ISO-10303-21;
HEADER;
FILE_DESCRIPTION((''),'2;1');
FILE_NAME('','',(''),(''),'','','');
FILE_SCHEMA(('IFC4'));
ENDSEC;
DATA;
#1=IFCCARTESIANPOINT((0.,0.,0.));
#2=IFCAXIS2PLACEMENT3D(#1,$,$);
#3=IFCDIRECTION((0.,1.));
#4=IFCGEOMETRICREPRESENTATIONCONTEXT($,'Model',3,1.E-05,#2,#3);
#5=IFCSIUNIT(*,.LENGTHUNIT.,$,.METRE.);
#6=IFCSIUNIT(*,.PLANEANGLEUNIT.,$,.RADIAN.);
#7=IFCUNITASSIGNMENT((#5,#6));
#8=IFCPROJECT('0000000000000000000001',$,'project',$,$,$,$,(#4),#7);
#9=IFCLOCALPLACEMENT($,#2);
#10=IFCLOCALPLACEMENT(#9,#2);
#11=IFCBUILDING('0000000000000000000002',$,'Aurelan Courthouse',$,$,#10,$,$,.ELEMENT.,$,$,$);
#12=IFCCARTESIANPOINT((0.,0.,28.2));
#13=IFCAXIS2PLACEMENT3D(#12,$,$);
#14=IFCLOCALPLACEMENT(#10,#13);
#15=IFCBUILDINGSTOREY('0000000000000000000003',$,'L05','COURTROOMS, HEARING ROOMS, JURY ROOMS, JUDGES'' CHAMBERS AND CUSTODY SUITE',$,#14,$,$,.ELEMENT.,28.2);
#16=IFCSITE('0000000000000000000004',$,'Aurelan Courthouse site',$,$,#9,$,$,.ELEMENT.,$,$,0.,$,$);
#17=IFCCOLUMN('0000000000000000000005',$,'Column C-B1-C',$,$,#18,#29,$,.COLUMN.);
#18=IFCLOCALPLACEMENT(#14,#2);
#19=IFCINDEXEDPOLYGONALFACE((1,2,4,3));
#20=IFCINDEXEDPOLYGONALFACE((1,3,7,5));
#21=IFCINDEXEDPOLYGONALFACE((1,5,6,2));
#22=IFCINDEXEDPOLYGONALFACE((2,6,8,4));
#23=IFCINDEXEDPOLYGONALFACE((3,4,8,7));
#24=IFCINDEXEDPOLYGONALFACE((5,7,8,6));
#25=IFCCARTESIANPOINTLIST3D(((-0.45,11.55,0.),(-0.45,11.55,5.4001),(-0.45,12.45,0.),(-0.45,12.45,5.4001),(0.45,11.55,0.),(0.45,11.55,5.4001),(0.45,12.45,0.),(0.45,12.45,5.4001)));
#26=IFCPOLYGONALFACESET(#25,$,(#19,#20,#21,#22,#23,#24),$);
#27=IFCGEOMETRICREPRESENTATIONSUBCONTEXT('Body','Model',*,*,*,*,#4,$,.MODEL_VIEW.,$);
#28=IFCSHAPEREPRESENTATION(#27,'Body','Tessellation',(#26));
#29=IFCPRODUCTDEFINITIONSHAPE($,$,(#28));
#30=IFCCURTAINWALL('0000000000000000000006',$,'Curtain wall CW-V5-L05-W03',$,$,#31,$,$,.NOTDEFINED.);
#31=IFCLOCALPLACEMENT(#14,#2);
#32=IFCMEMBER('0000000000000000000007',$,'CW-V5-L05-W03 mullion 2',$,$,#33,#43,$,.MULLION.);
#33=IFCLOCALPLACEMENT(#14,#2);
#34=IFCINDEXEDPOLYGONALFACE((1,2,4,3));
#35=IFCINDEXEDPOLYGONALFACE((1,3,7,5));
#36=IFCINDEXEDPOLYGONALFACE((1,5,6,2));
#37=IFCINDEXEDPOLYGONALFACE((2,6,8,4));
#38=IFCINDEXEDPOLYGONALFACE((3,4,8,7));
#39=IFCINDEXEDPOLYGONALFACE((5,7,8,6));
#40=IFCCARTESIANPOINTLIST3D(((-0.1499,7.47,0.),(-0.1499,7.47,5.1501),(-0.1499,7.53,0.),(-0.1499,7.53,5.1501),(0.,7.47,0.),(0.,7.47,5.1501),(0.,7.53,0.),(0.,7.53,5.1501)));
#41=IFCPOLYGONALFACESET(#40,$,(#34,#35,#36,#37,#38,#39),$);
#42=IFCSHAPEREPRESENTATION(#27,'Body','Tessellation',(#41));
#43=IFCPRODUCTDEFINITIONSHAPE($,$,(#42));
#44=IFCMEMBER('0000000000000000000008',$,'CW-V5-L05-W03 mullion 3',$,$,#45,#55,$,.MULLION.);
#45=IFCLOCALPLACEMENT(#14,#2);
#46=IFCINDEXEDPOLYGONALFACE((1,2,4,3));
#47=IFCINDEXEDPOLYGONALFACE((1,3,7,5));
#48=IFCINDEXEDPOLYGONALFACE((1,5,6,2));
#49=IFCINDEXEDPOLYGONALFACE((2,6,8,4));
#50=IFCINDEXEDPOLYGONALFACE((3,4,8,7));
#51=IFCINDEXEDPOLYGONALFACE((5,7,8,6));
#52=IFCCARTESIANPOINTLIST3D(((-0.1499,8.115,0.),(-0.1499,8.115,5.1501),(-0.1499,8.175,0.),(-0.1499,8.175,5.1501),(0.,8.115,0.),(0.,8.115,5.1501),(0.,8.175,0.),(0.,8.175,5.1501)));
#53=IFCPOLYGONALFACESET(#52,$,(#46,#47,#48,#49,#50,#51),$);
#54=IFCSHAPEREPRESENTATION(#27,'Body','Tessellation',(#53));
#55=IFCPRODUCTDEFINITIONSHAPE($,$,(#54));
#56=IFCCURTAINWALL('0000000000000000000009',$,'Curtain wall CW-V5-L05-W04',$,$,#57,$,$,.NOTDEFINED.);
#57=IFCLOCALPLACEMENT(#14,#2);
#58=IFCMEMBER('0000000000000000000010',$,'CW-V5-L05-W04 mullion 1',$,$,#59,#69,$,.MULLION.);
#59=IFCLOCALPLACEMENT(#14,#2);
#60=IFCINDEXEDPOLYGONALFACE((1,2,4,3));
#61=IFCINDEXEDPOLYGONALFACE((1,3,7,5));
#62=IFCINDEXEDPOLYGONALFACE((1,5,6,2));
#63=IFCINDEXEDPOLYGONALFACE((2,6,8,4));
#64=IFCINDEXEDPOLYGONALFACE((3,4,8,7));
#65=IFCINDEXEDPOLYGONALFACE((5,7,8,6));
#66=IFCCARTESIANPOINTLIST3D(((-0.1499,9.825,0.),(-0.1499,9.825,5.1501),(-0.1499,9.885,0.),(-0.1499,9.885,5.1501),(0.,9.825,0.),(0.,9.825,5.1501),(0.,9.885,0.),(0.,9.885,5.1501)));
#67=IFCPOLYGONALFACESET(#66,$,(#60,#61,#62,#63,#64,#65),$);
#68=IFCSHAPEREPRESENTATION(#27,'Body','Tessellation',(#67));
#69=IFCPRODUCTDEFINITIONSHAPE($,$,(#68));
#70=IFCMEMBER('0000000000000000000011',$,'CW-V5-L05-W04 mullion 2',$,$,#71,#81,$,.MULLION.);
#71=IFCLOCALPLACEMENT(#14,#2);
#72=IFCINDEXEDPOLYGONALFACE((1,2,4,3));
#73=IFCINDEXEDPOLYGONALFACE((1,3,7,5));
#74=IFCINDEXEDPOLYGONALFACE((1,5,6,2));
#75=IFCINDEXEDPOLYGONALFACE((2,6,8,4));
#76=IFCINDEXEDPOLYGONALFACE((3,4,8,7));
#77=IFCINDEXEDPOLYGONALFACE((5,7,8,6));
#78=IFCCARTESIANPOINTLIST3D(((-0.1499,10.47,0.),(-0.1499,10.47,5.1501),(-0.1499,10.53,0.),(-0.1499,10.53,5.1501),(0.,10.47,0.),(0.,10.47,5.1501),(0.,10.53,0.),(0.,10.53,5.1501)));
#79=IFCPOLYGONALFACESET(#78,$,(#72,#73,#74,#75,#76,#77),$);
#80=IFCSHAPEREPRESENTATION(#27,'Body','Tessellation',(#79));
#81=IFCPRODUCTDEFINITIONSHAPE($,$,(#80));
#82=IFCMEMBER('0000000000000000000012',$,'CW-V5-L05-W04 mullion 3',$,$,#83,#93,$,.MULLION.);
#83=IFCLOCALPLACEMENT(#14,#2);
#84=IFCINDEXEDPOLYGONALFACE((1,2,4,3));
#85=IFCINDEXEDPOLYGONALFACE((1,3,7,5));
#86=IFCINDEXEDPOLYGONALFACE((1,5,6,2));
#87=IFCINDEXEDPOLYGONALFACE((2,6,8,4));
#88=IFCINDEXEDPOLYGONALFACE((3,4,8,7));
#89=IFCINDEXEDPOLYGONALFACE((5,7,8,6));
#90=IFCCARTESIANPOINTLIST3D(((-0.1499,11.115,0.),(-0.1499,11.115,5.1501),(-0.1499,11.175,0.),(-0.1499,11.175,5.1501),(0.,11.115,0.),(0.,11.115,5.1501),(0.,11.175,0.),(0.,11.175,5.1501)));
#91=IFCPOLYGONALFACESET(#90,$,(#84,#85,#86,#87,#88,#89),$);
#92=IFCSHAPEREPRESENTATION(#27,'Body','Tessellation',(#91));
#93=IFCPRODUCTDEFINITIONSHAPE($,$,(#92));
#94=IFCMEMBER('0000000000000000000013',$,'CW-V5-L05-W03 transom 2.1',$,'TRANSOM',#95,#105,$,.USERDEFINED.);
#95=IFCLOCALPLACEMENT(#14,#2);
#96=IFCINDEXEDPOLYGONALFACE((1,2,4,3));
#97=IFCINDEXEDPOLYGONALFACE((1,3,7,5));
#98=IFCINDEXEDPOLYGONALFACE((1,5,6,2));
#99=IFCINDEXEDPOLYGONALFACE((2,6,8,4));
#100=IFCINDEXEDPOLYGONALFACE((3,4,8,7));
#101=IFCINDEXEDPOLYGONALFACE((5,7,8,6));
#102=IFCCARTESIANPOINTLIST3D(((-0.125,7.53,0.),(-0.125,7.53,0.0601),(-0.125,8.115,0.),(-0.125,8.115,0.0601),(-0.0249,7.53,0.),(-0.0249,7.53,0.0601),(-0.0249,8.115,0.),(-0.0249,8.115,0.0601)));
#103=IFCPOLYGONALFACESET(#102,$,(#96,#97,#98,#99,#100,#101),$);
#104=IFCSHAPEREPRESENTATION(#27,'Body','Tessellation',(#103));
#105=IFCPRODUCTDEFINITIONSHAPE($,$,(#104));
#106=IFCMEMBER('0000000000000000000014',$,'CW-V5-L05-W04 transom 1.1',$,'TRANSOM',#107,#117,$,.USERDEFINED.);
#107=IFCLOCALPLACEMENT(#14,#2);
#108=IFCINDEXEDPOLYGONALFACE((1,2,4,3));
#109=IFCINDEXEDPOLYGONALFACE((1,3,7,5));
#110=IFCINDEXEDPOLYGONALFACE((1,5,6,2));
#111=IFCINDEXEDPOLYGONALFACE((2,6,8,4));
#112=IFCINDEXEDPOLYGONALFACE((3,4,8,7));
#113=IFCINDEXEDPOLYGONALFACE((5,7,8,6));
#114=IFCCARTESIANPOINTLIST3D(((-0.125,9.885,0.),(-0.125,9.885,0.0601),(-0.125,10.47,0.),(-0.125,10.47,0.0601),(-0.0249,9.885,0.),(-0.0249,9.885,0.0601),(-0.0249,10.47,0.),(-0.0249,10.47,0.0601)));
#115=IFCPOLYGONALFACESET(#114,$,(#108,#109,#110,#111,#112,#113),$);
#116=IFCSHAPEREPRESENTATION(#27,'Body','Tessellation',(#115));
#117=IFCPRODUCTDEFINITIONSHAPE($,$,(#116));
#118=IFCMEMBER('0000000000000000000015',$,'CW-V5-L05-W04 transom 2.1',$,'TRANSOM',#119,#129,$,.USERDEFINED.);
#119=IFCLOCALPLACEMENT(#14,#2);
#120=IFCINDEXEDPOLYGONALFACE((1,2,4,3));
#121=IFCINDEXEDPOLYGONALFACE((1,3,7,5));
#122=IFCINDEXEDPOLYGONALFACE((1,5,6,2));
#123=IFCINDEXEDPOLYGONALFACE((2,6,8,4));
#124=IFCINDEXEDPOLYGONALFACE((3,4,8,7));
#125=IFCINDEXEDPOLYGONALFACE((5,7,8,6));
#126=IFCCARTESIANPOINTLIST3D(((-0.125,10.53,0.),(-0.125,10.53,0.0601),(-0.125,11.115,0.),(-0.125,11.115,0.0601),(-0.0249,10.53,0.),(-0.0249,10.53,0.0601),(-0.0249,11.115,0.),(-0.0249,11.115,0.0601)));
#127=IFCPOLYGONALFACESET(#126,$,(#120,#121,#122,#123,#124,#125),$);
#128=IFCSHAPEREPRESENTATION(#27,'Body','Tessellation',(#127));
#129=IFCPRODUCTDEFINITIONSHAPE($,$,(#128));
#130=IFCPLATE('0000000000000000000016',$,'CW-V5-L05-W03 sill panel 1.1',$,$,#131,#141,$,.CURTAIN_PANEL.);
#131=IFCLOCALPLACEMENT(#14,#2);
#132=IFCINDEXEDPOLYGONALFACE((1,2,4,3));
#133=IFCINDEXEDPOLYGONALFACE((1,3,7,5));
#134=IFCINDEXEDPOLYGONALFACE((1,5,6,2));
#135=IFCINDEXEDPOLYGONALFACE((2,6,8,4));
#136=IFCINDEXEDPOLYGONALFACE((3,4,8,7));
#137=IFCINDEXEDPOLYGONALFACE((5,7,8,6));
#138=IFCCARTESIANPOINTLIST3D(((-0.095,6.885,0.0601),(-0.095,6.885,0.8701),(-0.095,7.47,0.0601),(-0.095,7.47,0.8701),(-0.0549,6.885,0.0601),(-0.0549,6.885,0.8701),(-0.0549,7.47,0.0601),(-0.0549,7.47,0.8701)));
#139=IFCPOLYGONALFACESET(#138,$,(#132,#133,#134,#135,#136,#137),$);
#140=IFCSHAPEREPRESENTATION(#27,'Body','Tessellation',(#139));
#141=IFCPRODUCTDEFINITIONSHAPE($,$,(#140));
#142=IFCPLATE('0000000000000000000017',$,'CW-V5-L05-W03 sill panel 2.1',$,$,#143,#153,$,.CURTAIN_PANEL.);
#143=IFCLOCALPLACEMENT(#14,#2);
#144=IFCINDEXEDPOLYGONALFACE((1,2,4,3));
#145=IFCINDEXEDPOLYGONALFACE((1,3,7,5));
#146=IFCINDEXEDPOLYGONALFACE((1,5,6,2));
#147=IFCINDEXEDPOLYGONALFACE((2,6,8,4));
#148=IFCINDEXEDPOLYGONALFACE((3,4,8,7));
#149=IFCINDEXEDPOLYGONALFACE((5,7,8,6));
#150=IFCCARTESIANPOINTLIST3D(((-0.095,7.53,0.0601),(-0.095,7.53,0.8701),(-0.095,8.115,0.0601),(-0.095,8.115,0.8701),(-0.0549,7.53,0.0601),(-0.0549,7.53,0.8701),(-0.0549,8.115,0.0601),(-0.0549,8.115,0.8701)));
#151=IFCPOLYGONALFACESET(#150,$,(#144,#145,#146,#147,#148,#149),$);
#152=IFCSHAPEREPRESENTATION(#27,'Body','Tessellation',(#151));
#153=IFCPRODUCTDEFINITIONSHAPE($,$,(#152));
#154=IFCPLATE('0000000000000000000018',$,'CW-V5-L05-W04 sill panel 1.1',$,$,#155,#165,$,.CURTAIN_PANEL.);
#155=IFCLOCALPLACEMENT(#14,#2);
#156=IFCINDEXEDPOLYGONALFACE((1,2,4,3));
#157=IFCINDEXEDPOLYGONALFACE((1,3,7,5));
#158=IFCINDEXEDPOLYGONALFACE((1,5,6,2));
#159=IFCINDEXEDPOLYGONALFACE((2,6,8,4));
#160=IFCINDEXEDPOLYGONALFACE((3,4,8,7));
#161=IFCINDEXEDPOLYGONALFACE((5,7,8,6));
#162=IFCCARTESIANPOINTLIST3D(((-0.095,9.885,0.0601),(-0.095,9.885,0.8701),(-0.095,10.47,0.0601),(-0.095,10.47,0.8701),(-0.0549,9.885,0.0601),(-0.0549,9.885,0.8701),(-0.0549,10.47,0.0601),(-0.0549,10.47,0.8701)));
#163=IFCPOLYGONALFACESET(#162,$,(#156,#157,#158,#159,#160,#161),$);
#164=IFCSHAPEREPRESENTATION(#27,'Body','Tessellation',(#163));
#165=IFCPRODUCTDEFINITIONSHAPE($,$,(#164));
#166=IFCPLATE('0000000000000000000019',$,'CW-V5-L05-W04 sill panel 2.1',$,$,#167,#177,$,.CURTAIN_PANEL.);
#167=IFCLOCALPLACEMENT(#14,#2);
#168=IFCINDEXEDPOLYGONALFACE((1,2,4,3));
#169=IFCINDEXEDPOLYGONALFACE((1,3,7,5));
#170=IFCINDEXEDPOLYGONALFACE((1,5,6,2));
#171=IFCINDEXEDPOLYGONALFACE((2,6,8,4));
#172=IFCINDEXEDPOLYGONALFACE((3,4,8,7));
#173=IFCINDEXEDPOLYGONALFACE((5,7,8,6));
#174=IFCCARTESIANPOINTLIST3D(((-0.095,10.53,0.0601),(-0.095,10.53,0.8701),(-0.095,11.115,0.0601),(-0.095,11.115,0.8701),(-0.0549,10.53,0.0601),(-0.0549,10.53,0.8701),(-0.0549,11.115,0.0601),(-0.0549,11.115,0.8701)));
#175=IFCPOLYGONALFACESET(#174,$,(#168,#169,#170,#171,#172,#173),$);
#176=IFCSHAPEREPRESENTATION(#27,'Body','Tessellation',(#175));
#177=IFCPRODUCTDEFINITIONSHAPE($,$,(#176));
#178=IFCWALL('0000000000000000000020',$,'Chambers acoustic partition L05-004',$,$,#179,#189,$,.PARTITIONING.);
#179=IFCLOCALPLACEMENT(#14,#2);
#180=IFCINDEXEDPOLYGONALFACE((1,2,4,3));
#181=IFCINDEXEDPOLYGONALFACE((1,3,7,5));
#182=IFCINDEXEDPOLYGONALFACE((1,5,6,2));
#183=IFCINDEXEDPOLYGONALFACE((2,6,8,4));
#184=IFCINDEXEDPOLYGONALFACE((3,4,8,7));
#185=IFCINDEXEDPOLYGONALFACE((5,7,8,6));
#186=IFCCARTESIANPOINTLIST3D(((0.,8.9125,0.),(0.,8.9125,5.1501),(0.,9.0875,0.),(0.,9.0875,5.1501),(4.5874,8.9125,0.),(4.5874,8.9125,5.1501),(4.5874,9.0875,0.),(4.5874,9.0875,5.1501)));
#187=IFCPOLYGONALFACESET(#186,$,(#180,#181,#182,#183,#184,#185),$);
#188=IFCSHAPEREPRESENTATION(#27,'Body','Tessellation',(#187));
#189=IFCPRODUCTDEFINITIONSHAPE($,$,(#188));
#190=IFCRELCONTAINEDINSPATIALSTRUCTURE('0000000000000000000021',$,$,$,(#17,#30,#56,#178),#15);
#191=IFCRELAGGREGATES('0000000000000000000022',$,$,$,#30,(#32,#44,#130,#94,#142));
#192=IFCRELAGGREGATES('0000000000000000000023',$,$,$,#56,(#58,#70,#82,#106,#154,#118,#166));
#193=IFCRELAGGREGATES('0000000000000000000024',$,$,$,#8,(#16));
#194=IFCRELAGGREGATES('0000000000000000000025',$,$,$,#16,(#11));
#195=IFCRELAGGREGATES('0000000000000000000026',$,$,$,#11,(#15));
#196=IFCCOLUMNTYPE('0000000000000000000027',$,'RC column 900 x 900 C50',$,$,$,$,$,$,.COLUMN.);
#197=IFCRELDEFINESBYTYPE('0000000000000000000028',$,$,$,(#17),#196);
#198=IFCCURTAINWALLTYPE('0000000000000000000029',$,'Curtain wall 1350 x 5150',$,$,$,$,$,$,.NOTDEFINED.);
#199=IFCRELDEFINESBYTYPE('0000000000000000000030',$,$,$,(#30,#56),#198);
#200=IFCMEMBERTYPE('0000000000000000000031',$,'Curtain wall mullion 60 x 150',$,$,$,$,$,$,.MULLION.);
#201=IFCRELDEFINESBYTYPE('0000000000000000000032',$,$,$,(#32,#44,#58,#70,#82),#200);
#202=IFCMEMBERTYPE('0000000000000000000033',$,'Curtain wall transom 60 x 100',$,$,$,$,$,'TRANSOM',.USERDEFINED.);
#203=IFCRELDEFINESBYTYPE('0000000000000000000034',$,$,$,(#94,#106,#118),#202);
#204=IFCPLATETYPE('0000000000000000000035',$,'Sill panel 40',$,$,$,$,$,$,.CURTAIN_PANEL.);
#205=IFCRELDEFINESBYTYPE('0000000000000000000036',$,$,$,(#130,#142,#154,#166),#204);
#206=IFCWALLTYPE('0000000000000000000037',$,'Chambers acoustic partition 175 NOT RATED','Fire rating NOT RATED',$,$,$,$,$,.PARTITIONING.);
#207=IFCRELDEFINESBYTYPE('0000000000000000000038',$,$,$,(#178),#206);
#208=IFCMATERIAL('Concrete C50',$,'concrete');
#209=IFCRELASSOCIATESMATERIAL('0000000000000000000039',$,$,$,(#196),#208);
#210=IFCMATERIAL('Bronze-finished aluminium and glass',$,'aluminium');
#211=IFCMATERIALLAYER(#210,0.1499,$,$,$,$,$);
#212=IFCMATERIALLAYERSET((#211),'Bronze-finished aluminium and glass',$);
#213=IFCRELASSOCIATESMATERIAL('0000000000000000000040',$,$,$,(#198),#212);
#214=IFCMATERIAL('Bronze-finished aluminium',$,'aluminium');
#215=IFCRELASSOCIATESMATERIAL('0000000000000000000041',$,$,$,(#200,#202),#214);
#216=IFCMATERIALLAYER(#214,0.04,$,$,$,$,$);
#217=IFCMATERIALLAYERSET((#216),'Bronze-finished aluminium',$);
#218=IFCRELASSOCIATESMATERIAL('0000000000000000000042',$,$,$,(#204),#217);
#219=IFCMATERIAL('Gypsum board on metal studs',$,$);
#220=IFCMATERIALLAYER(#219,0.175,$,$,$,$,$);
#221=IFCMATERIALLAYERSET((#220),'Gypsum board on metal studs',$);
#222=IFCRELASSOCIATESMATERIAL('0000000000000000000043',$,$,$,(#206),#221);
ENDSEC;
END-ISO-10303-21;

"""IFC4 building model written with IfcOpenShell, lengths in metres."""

from ifc_helpers import new_model, si_unit, direction, frame, frame_2d, origin, origin_2d, place, context, subcontext, project, spatial, rectangle, extrude, material, layer, layer_set, material_profile, profile_set, type_object, element, aggregate, save


model = new_model("IFC4")

# Units and contexts
model_context = context("Model", 3, precision=1e-05, world=origin(), true_north=direction((0.0, 1.0)))
body_context = subcontext(model_context, "Body", "Model", "MODEL_VIEW")
ifc_project = project(units=[si_unit("LENGTHUNIT", "METRE"), si_unit("PLANEANGLEUNIT", "RADIAN")], contexts=[model_context])

# Site, building, storey
site_placement = place(None, origin())
site = spatial("IfcSite", under=ifc_project, at=site_placement, Name="Aurelan Courthouse site", CompositionType="ELEMENT", RefElevation=0.0)
building_placement = place(site_placement, origin())
building = spatial("IfcBuilding", under=site, at=building_placement, Name="Aurelan Courthouse", CompositionType="ELEMENT")
storey_placement = place(building_placement, frame((0.0, 0.0, 28.2)))
storey = spatial("IfcBuildingStorey", under=building, at=storey_placement, Name="L05", Description="COURTROOMS, HEARING ROOMS, JURY ROOMS, JUDGES' CHAMBERS AND CUSTODY SUITE", CompositionType="ELEMENT", Elevation=28.2)

# Column
ifc_material_1 = material(Name="Concrete C50", Category="concrete")
ifc_material_profile_1 = material_profile(ifc_material_1, rectangle(XDim=0.8999, YDim=0.8999, at=origin_2d()), Name="RC 900 x 900")
ifc_profile_set_1 = profile_set([ifc_material_profile_1], Name="Concrete C50")
column_type = type_object("IfcColumnType", Name="RC column 900 x 900 C50", PredefinedType="COLUMN", material=ifc_profile_set_1)
column_placement = place(storey_placement, frame((0.0, 12.0, 0.0), z_axis=(0.0, 0.0, 1.0), x_axis=(1.0, 0.0, 0.0)))
element("IfcColumn", 1, at=column_placement, inside=storey, type_object=column_type, Name="Column C-B1-C", PredefinedType="COLUMN", context=body_context, shape_type="SweptSolid", body=[
    extrude(rectangle(XDim=0.8999, YDim=0.8999, at=origin_2d()), origin(), (0.0, 0.0, 1.0), 5.4001),
])

# Curtain walls, members
ifc_material_2 = material(Name="Bronze-finished aluminium and glass", Category="aluminium")
ifc_layer_1 = layer(ifc_material_2, 0.1499)
ifc_layer_set_1 = layer_set([ifc_layer_1], Name="Bronze-finished aluminium and glass")
curtain_wall_type = type_object("IfcCurtainWallType", Name="Curtain wall 1350 x 5150", PredefinedType="NOTDEFINED", material=ifc_layer_set_1)
curtain_wall_1_placement = place(storey_placement, origin())
curtain_wall_1 = element("IfcCurtainWall", 2, at=curtain_wall_1_placement, inside=storey, type_object=curtain_wall_type, Name="Curtain wall CW-V5-L05-W03", PredefinedType="NOTDEFINED")
ifc_material_3 = material(Name="Bronze-finished aluminium", Category="aluminium")
ifc_material_profile_2 = material_profile(ifc_material_3, rectangle(XDim=0.1499, YDim=0.0601, at=origin_2d()), Name="Bronze mullion 60 x 150")
ifc_profile_set_2 = profile_set([ifc_material_profile_2], Name="Bronze-finished aluminium")
member_type_1 = type_object("IfcMemberType", Name="Curtain wall mullion 60 x 150", PredefinedType="MULLION", material=ifc_profile_set_2)
member_1_placement = place(storey_placement, frame((-0.075, 7.5, 0.0), z_axis=(0.0, 0.0, 1.0), x_axis=(-1.0, 0.0, 0.0)))
member_1 = element("IfcMember", 3, at=member_1_placement, type_object=member_type_1, Name="CW-V5-L05-W03 mullion 2", PredefinedType="MULLION", context=body_context, shape_type="SweptSolid", body=[
    extrude(rectangle(XDim=0.1499, YDim=0.0601, at=origin_2d()), origin(), (0.0, 0.0, 1.0), 5.1501),
])
member_2_placement = place(storey_placement, frame((-0.075, 8.145, 0.0), z_axis=(0.0, 0.0, 1.0), x_axis=(-1.0, 0.0, 0.0)))
member_2 = element("IfcMember", 4, at=member_2_placement, type_object=member_type_1, Name="CW-V5-L05-W03 mullion 3", PredefinedType="MULLION", context=body_context, shape_type="SweptSolid", body=[
    extrude(rectangle(XDim=0.1499, YDim=0.0601, at=origin_2d()), origin(), (0.0, 0.0, 1.0), 5.1501),
])
curtain_wall_2_placement = place(storey_placement, origin())
curtain_wall_2 = element("IfcCurtainWall", 5, at=curtain_wall_2_placement, inside=storey, type_object=curtain_wall_type, Name="Curtain wall CW-V5-L05-W04", PredefinedType="NOTDEFINED")
member_3_placement = place(storey_placement, frame((-0.075, 9.855, 0.0), z_axis=(0.0, 0.0, 1.0), x_axis=(-1.0, 0.0, 0.0)))
member_3 = element("IfcMember", 6, at=member_3_placement, type_object=member_type_1, Name="CW-V5-L05-W04 mullion 1", PredefinedType="MULLION", context=body_context, shape_type="SweptSolid", body=[
    extrude(rectangle(XDim=0.1499, YDim=0.0601, at=origin_2d()), origin(), (0.0, 0.0, 1.0), 5.1501),
])
member_4_placement = place(storey_placement, frame((-0.075, 10.5, 0.0), z_axis=(0.0, 0.0, 1.0), x_axis=(-1.0, 0.0, 0.0)))
member_4 = element("IfcMember", 7, at=member_4_placement, type_object=member_type_1, Name="CW-V5-L05-W04 mullion 2", PredefinedType="MULLION", context=body_context, shape_type="SweptSolid", body=[
    extrude(rectangle(XDim=0.1499, YDim=0.0601, at=origin_2d()), origin(), (0.0, 0.0, 1.0), 5.1501),
])
member_5_placement = place(storey_placement, frame((-0.075, 11.145, 0.0), z_axis=(0.0, 0.0, 1.0), x_axis=(-1.0, 0.0, 0.0)))
member_5 = element("IfcMember", 8, at=member_5_placement, type_object=member_type_1, Name="CW-V5-L05-W04 mullion 3", PredefinedType="MULLION", context=body_context, shape_type="SweptSolid", body=[
    extrude(rectangle(XDim=0.1499, YDim=0.0601, at=origin_2d()), origin(), (0.0, 0.0, 1.0), 5.1501),
])

# Members
ifc_material_profile_3 = material_profile(ifc_material_3, rectangle(XDim=0.1001, YDim=0.0601, at=origin_2d()), Name="Bronze transom 60 x 100")
ifc_profile_set_3 = profile_set([ifc_material_profile_3], Name="Bronze-finished aluminium")
member_type_2 = type_object("IfcMemberType", Name="Curtain wall transom 60 x 100", ElementType="TRANSOM", PredefinedType="USERDEFINED", material=ifc_profile_set_3)
member_6_placement = place(storey_placement, frame((-0.075, 7.53, 0.03), z_axis=(0.0, 1.0, 0.0), x_axis=(-1.0, 0.0, 0.0)))
member_6 = element("IfcMember", 9, at=member_6_placement, type_object=member_type_2, Name="CW-V5-L05-W03 transom 2.1", ObjectType="TRANSOM", PredefinedType="USERDEFINED", context=body_context, shape_type="SweptSolid", body=[
    extrude(rectangle(XDim=0.1001, YDim=0.0601, at=origin_2d()), origin(), (0.0, 0.0, 1.0), 0.585),
])
member_7_placement = place(storey_placement, frame((-0.075, 9.885, 0.03), z_axis=(0.0, 1.0, 0.0), x_axis=(-1.0, 0.0, 0.0)))
member_7 = element("IfcMember", 10, at=member_7_placement, type_object=member_type_2, Name="CW-V5-L05-W04 transom 1.1", ObjectType="TRANSOM", PredefinedType="USERDEFINED", context=body_context, shape_type="SweptSolid", body=[
    extrude(rectangle(XDim=0.1001, YDim=0.0601, at=origin_2d()), origin(), (0.0, 0.0, 1.0), 0.585),
])
member_8_placement = place(storey_placement, frame((-0.075, 10.53, 0.03), z_axis=(0.0, 1.0, 0.0), x_axis=(-1.0, 0.0, 0.0)))
member_8 = element("IfcMember", 11, at=member_8_placement, type_object=member_type_2, Name="CW-V5-L05-W04 transom 2.1", ObjectType="TRANSOM", PredefinedType="USERDEFINED", context=body_context, shape_type="SweptSolid", body=[
    extrude(rectangle(XDim=0.1001, YDim=0.0601, at=origin_2d()), origin(), (0.0, 0.0, 1.0), 0.585),
])

# Plates
ifc_layer_2 = layer(ifc_material_3, 0.04)
ifc_layer_set_2 = layer_set([ifc_layer_2], Name="Bronze-finished aluminium")
plate_type = type_object("IfcPlateType", Name="Sill panel 40", PredefinedType="CURTAIN_PANEL", material=ifc_layer_set_2)
plate_1_placement = place(storey_placement, frame((-0.075, 7.1775, 0.0601), z_axis=(0.0, 0.0, 1.0), x_axis=(0.0, 1.0, 0.0)))
plate_1 = element("IfcPlate", 12, at=plate_1_placement, type_object=plate_type, Name="CW-V5-L05-W03 sill panel 1.1", PredefinedType="CURTAIN_PANEL", context=body_context, shape_type="SweptSolid", body=[
    extrude(rectangle(XDim=0.585, YDim=0.04, at=origin_2d()), origin(), (0.0, 0.0, 1.0), 0.8101),
])
plate_2_placement = place(storey_placement, frame((-0.075, 7.8225, 0.0601), z_axis=(0.0, 0.0, 1.0), x_axis=(0.0, 1.0, 0.0)))
plate_2 = element("IfcPlate", 13, at=plate_2_placement, type_object=plate_type, Name="CW-V5-L05-W03 sill panel 2.1", PredefinedType="CURTAIN_PANEL", context=body_context, shape_type="SweptSolid", body=[
    extrude(rectangle(XDim=0.585, YDim=0.04, at=origin_2d()), origin(), (0.0, 0.0, 1.0), 0.8101),
])
aggregate(curtain_wall_1, [member_1, member_2, plate_1, member_6, plate_2])
plate_3_placement = place(storey_placement, frame((-0.075, 10.1775, 0.0601), z_axis=(0.0, 0.0, 1.0), x_axis=(0.0, 1.0, 0.0)))
plate_3 = element("IfcPlate", 14, at=plate_3_placement, type_object=plate_type, Name="CW-V5-L05-W04 sill panel 1.1", PredefinedType="CURTAIN_PANEL", context=body_context, shape_type="SweptSolid", body=[
    extrude(rectangle(XDim=0.585, YDim=0.04, at=origin_2d()), origin(), (0.0, 0.0, 1.0), 0.8101),
])
plate_4_placement = place(storey_placement, frame((-0.075, 10.8225, 0.0601), z_axis=(0.0, 0.0, 1.0), x_axis=(0.0, 1.0, 0.0)))
plate_4 = element("IfcPlate", 15, at=plate_4_placement, type_object=plate_type, Name="CW-V5-L05-W04 sill panel 2.1", PredefinedType="CURTAIN_PANEL", context=body_context, shape_type="SweptSolid", body=[
    extrude(rectangle(XDim=0.585, YDim=0.04, at=origin_2d()), origin(), (0.0, 0.0, 1.0), 0.8101),
])
aggregate(curtain_wall_2, [member_3, member_4, member_5, member_7, plate_3, member_8, plate_4])

# Wall
ifc_material_4 = material(Name="Gypsum board on metal studs")
ifc_layer_3 = layer(ifc_material_4, 0.175)
ifc_layer_set_3 = layer_set([ifc_layer_3], Name="Gypsum board on metal studs")
wall_type_1 = type_object("IfcWallType", Name="Chambers acoustic partition 175 NOT RATED", Description="Fire rating NOT RATED", PredefinedType="PARTITIONING", material=ifc_layer_set_3)
wall_1_placement = place(storey_placement, frame((0.0, 9.0, 0.0), z_axis=(0.0, 0.0, 1.0), x_axis=(1.0, 0.0, 0.0)))
element("IfcWall", 16, at=wall_1_placement, inside=storey, type_object=wall_type_1, Name="Chambers acoustic partition L05-004", PredefinedType="PARTITIONING", context=body_context, shape_type="SweptSolid", body=[
    extrude(rectangle(XDim=4.5874, YDim=0.175, at=frame_2d((2.2937, 0.0))), origin(), (0.0, 0.0, 1.0), 5.1501),
])

save(model, "model.ifc")
